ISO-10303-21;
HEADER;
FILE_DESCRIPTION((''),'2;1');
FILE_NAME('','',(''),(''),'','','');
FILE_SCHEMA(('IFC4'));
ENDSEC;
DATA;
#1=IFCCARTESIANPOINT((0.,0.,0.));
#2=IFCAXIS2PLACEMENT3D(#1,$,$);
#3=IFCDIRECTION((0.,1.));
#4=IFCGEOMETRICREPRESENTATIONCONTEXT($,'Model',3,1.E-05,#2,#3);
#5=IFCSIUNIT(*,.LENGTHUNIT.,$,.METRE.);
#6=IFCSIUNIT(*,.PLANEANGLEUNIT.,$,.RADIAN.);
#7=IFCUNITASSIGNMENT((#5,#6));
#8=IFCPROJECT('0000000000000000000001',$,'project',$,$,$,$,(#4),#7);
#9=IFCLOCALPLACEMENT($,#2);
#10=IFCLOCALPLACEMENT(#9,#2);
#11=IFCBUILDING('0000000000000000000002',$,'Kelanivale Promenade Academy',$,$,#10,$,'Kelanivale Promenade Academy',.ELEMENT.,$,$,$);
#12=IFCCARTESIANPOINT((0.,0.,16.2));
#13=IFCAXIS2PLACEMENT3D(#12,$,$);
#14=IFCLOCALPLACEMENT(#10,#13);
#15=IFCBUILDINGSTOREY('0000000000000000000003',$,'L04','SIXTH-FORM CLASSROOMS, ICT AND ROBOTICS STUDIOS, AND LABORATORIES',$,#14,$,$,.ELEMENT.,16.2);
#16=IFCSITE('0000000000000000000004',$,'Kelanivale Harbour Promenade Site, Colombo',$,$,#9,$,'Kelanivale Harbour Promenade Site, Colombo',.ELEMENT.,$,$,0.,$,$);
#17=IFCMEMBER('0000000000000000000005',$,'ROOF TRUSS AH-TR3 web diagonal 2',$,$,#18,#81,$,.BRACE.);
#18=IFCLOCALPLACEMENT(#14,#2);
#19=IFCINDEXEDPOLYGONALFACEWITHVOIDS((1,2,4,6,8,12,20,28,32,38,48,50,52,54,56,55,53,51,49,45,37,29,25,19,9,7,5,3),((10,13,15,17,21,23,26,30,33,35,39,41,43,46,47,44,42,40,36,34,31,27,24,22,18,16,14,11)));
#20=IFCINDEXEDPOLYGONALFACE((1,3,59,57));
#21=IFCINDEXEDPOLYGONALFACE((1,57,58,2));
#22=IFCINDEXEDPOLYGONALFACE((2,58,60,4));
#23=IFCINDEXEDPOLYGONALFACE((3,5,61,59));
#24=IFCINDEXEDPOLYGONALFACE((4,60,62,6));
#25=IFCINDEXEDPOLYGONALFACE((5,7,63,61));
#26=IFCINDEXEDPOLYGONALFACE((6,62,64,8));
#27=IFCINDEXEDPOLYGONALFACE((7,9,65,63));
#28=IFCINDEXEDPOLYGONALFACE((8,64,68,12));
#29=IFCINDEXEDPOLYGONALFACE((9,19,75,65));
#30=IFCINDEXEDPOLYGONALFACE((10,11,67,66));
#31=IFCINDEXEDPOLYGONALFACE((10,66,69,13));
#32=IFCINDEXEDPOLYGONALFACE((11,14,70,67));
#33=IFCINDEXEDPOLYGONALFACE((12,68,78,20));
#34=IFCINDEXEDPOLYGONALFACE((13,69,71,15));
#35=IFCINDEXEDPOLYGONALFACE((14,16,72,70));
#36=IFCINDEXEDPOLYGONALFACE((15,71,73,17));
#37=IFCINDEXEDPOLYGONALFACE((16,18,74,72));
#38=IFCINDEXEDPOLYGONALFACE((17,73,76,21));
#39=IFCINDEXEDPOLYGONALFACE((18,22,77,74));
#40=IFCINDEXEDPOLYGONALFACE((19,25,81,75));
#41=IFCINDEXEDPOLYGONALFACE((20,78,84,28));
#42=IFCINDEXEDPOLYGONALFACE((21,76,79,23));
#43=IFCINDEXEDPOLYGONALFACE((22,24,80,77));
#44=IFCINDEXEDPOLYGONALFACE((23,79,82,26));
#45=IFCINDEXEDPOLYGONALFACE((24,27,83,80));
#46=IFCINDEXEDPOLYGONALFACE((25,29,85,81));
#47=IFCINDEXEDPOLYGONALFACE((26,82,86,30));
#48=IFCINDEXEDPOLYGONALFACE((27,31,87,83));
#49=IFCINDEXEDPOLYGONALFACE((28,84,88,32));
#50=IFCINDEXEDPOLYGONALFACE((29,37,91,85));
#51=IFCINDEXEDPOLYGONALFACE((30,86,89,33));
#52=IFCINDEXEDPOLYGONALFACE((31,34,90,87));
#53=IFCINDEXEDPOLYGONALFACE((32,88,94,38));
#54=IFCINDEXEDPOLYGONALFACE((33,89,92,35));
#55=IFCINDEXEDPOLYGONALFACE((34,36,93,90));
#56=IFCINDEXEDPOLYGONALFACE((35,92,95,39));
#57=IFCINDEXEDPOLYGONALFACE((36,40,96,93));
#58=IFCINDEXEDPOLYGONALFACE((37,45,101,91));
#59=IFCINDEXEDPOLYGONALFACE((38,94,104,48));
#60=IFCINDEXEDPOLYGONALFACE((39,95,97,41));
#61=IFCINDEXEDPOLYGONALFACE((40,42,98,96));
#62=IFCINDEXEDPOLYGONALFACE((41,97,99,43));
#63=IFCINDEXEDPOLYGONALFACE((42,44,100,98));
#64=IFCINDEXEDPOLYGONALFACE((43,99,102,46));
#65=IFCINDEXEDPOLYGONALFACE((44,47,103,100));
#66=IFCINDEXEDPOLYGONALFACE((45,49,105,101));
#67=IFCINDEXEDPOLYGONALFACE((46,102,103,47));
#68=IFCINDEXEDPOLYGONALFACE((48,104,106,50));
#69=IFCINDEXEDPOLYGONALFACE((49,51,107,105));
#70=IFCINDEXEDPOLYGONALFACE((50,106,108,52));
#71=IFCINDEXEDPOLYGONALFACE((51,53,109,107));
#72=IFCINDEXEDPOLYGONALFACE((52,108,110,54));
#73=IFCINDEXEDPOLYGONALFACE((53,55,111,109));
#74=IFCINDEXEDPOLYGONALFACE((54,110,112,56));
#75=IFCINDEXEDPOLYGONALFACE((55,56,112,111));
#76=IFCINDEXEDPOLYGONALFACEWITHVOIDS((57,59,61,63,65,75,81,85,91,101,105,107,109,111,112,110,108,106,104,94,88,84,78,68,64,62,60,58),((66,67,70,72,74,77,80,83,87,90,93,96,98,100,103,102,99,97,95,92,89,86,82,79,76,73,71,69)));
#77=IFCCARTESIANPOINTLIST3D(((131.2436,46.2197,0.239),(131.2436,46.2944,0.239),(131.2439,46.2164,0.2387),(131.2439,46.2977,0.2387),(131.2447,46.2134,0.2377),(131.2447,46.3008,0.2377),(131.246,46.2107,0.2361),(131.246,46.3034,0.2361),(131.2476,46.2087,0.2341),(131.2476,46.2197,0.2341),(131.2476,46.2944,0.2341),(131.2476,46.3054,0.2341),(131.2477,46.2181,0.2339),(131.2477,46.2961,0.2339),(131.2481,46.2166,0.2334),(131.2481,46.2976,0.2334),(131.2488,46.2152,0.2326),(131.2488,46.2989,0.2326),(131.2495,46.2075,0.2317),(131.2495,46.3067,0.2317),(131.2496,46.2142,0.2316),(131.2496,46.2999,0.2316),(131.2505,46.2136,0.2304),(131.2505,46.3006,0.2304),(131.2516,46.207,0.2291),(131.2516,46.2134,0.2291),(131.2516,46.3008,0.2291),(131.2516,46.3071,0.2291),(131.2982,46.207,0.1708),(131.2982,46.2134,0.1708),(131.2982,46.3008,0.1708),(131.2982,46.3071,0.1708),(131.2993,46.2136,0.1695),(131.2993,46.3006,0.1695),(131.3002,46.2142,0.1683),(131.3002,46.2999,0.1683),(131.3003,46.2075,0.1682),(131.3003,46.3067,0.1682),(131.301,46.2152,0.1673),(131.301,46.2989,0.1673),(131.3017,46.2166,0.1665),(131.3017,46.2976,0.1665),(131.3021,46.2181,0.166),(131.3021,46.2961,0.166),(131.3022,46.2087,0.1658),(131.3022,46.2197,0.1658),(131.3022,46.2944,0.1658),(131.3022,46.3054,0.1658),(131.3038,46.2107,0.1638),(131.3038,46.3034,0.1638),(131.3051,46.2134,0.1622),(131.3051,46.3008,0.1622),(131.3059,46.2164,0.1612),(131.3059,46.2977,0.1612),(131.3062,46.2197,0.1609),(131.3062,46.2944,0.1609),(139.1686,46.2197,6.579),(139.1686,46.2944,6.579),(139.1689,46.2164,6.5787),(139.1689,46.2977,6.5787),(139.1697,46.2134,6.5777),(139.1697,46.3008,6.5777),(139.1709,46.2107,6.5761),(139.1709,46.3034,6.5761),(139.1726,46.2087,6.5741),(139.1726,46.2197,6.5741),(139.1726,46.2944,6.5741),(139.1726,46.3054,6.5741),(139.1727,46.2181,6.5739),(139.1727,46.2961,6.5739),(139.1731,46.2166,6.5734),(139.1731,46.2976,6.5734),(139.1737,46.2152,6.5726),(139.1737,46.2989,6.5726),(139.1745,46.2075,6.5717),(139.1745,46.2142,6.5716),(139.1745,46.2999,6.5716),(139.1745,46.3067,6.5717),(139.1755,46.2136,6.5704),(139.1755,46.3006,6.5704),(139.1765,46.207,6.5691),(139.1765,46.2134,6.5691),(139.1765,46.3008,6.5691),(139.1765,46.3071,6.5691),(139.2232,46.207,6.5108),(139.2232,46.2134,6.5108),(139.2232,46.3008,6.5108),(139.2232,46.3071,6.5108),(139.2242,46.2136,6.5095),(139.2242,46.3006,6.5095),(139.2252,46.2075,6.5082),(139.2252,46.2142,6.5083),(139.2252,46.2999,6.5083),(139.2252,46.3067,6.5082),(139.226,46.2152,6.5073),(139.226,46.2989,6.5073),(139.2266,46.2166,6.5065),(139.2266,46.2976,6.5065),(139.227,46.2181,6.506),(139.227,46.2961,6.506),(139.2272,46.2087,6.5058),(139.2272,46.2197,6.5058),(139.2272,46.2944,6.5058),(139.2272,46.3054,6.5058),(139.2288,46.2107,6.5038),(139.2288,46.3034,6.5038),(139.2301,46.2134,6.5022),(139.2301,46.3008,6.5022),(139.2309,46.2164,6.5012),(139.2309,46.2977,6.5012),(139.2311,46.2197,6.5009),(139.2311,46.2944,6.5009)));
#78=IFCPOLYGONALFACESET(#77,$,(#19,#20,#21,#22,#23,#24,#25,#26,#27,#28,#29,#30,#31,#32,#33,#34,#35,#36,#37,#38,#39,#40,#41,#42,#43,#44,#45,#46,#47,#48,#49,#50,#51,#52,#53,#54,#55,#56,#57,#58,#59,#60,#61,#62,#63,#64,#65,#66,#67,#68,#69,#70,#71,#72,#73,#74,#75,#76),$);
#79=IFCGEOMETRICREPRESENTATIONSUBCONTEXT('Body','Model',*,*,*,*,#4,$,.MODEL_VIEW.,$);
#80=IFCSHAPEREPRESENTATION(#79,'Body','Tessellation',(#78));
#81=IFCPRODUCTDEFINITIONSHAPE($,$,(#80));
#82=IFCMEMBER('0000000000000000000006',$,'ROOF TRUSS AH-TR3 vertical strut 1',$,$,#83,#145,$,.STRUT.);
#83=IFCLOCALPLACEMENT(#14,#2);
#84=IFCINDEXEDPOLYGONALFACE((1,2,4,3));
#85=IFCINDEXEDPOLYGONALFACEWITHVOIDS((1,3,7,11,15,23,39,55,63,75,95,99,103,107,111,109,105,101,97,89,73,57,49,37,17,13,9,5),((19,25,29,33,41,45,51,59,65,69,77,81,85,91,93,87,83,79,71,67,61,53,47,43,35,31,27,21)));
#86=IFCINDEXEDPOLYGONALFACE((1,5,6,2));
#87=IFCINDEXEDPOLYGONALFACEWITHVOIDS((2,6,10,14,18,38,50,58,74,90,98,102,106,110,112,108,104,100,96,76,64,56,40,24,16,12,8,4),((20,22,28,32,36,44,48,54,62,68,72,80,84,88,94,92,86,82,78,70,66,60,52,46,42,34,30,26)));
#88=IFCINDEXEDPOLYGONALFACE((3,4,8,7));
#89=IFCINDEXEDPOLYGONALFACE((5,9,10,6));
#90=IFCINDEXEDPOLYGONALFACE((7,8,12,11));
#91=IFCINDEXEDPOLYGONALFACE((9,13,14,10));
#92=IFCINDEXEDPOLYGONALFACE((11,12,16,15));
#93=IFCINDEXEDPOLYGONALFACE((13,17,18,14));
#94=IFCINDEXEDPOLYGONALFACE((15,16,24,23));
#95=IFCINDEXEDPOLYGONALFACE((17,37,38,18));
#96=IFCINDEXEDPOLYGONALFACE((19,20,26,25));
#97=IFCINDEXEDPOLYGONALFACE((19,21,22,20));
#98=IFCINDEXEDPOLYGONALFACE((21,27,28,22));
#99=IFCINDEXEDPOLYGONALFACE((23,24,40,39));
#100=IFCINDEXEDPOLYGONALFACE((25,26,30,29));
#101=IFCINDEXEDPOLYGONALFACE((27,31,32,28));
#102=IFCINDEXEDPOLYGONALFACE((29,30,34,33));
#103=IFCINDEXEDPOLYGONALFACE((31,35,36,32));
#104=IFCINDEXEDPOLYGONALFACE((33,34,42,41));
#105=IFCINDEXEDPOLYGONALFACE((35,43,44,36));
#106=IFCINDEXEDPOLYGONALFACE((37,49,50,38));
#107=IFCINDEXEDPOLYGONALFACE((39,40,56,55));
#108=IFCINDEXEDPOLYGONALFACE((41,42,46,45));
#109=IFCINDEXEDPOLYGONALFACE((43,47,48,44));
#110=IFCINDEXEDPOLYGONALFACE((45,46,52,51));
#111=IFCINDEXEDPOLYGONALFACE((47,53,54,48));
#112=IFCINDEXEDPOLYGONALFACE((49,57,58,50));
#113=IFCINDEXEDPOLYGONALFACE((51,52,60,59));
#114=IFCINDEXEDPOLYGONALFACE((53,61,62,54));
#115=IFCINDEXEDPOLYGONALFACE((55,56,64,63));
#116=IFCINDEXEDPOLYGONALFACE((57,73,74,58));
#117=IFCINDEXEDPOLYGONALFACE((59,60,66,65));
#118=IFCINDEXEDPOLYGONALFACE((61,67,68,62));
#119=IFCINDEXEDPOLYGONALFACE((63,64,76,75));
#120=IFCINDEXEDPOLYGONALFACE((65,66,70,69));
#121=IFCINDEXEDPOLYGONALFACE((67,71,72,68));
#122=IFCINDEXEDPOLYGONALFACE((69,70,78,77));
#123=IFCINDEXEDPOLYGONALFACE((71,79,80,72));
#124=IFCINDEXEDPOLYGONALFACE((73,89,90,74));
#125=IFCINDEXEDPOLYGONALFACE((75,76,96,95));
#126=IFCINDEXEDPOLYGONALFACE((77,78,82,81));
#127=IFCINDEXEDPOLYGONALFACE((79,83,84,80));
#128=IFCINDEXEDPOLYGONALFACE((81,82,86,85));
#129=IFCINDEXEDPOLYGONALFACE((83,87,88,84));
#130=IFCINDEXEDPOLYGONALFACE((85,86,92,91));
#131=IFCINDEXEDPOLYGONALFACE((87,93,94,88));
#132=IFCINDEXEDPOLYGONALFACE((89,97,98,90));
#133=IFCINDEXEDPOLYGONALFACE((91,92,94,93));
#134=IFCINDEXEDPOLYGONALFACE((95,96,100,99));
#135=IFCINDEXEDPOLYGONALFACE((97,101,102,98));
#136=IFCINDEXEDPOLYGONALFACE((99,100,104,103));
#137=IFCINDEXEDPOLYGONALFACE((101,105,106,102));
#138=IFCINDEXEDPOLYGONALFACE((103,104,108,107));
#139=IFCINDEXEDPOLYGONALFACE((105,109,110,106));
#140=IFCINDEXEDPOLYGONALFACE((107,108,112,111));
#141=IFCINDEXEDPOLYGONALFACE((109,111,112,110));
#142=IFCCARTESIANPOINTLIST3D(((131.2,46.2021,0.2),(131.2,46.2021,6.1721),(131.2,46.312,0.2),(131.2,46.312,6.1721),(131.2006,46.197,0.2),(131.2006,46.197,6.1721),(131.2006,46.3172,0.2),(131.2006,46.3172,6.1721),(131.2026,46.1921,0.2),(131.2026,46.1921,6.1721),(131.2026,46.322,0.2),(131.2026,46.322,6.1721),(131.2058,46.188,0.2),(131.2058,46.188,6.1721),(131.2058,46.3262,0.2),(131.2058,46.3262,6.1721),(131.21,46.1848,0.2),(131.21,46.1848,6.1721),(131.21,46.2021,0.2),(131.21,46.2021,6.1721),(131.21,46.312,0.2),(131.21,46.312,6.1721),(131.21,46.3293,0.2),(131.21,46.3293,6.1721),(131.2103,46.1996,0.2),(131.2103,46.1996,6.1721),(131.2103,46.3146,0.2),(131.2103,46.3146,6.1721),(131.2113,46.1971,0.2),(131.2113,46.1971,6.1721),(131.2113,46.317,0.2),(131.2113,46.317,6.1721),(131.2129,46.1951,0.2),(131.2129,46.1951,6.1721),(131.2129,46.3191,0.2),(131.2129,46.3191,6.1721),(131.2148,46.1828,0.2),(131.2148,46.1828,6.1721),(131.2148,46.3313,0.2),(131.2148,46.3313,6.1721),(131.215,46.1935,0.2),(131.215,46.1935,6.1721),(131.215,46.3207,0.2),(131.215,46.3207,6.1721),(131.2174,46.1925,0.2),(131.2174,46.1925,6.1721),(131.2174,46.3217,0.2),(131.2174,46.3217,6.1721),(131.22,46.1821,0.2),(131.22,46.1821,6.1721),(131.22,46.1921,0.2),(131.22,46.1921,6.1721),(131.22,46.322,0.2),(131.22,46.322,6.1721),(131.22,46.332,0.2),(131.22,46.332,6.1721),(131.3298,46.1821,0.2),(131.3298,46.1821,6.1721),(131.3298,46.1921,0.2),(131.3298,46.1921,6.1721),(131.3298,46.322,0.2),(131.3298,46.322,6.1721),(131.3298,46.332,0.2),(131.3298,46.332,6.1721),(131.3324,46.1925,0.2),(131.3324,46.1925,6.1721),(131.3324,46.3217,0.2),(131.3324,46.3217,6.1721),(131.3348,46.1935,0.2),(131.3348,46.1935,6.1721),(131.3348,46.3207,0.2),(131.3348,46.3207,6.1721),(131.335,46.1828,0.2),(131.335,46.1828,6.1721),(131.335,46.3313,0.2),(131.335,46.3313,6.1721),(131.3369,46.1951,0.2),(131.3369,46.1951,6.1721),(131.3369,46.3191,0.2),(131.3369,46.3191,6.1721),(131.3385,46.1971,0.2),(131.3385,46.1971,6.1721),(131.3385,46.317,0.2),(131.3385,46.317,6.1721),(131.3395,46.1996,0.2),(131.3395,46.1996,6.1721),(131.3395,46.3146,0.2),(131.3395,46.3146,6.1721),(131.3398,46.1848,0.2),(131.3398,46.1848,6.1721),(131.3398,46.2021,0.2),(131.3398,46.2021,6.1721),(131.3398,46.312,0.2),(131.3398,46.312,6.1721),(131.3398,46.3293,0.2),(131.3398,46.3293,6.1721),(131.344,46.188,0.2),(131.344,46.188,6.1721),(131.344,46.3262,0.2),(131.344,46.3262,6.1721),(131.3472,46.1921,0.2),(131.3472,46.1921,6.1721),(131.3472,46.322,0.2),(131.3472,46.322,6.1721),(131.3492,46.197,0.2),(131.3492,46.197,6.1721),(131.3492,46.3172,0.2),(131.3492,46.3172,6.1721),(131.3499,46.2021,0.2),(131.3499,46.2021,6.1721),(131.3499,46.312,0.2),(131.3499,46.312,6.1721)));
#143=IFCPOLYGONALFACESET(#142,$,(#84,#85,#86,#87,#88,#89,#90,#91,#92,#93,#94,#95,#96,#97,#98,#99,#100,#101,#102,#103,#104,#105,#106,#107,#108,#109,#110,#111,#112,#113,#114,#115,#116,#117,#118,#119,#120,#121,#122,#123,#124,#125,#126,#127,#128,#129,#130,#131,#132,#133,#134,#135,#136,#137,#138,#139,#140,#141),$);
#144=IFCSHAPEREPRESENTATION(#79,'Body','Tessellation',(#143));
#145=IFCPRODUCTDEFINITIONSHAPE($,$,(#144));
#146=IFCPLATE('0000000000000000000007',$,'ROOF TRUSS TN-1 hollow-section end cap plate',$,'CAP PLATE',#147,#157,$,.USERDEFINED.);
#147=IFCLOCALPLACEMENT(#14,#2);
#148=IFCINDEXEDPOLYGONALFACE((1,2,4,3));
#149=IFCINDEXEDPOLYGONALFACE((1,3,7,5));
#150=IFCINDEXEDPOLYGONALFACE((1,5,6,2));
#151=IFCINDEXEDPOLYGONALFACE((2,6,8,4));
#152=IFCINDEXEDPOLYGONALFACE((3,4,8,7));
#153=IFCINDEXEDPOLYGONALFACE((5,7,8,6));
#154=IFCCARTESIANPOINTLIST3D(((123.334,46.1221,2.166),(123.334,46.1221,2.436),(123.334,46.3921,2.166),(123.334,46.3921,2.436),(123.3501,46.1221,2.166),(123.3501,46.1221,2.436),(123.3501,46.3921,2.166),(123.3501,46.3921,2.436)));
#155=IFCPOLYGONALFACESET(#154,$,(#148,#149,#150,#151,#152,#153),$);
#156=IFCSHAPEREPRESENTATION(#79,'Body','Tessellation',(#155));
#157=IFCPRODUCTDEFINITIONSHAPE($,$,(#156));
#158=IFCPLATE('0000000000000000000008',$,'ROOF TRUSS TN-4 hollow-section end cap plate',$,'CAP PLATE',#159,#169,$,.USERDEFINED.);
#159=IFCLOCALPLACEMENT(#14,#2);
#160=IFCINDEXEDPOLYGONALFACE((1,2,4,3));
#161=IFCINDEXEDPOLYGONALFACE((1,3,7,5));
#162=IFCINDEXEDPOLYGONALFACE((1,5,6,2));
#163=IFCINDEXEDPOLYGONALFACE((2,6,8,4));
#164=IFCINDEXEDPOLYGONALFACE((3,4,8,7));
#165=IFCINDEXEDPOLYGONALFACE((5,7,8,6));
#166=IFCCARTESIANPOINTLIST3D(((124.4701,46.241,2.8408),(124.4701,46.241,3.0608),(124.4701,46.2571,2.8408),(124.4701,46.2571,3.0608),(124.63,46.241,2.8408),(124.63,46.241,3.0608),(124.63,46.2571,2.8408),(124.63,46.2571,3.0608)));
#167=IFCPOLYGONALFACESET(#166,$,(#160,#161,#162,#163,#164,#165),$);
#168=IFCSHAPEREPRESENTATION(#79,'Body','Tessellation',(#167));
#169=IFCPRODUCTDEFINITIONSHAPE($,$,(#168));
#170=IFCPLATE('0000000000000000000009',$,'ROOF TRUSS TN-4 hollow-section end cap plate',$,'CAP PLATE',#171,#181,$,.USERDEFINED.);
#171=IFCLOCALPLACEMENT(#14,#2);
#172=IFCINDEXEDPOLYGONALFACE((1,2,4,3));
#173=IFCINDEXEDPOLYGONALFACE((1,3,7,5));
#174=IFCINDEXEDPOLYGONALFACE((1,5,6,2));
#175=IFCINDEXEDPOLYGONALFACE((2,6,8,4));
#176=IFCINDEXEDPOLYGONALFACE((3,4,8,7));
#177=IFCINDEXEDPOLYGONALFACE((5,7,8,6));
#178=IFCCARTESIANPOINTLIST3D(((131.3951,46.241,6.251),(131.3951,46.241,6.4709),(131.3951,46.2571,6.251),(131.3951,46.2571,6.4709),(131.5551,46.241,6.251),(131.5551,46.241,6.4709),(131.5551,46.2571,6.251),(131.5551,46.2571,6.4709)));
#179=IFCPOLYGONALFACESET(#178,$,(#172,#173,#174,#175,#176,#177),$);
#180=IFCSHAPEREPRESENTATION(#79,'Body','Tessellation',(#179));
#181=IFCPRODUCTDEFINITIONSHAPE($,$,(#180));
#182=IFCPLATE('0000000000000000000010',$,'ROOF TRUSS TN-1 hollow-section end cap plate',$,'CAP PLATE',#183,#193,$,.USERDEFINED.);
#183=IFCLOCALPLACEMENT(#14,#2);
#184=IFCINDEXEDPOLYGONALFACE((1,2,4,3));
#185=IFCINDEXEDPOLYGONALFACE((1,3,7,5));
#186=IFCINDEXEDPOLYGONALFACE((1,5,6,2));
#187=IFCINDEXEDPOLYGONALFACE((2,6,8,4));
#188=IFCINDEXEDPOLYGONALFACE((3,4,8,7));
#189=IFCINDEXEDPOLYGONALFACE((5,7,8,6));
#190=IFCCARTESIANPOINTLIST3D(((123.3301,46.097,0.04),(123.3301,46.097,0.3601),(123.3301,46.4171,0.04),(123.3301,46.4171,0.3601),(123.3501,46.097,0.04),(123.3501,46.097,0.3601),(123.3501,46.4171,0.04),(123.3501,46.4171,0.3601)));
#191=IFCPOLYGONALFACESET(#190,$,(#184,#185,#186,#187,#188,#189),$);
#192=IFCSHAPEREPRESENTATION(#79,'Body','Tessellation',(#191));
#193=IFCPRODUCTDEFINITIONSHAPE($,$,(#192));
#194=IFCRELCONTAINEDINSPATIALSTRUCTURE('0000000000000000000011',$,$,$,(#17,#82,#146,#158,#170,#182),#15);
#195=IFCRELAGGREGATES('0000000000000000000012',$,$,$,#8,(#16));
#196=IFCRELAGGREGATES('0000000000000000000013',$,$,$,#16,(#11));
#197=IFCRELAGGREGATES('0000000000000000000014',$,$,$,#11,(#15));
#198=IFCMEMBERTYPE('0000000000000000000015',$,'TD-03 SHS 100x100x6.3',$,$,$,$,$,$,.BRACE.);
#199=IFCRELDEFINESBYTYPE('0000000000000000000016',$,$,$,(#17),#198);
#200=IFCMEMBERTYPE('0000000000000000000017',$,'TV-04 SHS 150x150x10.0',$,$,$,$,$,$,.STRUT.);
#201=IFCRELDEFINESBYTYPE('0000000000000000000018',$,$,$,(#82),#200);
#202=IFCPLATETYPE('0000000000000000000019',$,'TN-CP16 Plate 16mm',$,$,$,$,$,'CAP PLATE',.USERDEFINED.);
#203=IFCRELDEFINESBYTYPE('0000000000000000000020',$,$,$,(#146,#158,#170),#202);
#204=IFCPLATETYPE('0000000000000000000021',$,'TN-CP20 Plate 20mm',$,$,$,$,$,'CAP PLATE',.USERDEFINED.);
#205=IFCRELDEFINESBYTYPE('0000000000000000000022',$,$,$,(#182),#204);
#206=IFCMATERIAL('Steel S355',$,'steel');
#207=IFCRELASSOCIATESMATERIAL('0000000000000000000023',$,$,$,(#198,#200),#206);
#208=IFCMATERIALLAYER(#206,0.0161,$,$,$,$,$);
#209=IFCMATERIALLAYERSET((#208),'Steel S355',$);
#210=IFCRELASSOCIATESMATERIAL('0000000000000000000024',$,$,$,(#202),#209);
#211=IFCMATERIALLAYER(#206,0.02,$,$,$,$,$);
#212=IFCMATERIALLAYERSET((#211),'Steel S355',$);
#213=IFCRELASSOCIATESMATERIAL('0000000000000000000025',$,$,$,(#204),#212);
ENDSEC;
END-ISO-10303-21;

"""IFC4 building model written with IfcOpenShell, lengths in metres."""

from ifc_helpers import new_model, si_unit, direction, frame, origin, origin_2d, place, context, subcontext, project, spatial, rectangle, hollow_rectangle, extrude, material, layer, layer_set, material_profile, profile_set, type_object, element, save


model = new_model("IFC4")

# Units and contexts
model_context = context("Model", 3, precision=1e-05, world=origin(), true_north=direction((0.0, 1.0)))
body_context = subcontext(model_context, "Body", "Model", "MODEL_VIEW")
ifc_project = project(units=[si_unit("LENGTHUNIT", "METRE"), si_unit("PLANEANGLEUNIT", "RADIAN")], contexts=[model_context])

# Site, building, storey
site_placement = place(None, origin())
site = spatial("IfcSite", under=ifc_project, at=site_placement, Name="Kelanivale Harbour Promenade Site, Colombo", LongName="Kelanivale Harbour Promenade Site, Colombo", CompositionType="ELEMENT", RefElevation=0.0)
building_placement = place(site_placement, origin())
building = spatial("IfcBuilding", under=site, at=building_placement, Name="Kelanivale Promenade Academy", LongName="Kelanivale Promenade Academy", CompositionType="ELEMENT")
storey_placement = place(building_placement, frame((0.0, 0.0, 16.2)))
storey = spatial("IfcBuildingStorey", under=building, at=storey_placement, Name="L04", Description="SIXTH-FORM CLASSROOMS, ICT AND ROBOTICS STUDIOS, AND LABORATORIES", CompositionType="ELEMENT", Elevation=16.2)

# Shared definitions
ifc_material_1 = material(Name="Steel S355", Category="steel")

# Members
ifc_material_profile_1 = material_profile(ifc_material_1, hollow_rectangle(XDim=0.1001, YDim=0.1001, WallThickness=0.0063, InnerFilletRadius=0.0063, OuterFilletRadius=0.0127, at=origin_2d()), Name="SHS 100x100x6.3")
ifc_profile_set_1 = profile_set([ifc_material_profile_1], Name="Steel S355")
member_type_1 = type_object("IfcMemberType", Name="TD-03 SHS 100x100x6.3", PredefinedType="BRACE", material=ifc_profile_set_1)
member_1_placement = place(storey_placement, frame((131.2749, 46.2571, 0.2), z_axis=(0.780866, 0.0, 0.624698), x_axis=(0.0, 1.0, 0.0)))
element("IfcMember", 1, at=member_1_placement, inside=storey, type_object=member_type_1, Name="ROOF TRUSS AH-TR3 web diagonal 2", PredefinedType="BRACE", context=body_context, shape_type="SweptSolid", body=[
    extrude(hollow_rectangle(XDim=0.1001, YDim=0.1001, WallThickness=0.0063, InnerFilletRadius=0.0063, OuterFilletRadius=0.0127, at=origin_2d()), origin(), (0.0, 0.0, 1.0), 10.1489),
])
ifc_material_profile_2 = material_profile(ifc_material_1, hollow_rectangle(XDim=0.1499, YDim=0.1499, WallThickness=0.01, InnerFilletRadius=0.01, OuterFilletRadius=0.02, at=origin_2d()), Name="SHS 150x150x10.0")
ifc_profile_set_2 = profile_set([ifc_material_profile_2], Name="Steel S355")
member_type_2 = type_object("IfcMemberType", Name="TV-04 SHS 150x150x10.0", PredefinedType="STRUT", material=ifc_profile_set_2)
member_2_placement = place(storey_placement, frame((131.2749, 46.2571, 0.2), z_axis=(0.0, 0.0, 1.0), x_axis=(1.0, 0.0, 0.0)))
element("IfcMember", 2, at=member_2_placement, inside=storey, type_object=member_type_2, Name="ROOF TRUSS AH-TR3 vertical strut 1", PredefinedType="STRUT", context=body_context, shape_type="SweptSolid", body=[
    extrude(hollow_rectangle(XDim=0.1499, YDim=0.1499, WallThickness=0.01, InnerFilletRadius=0.01, OuterFilletRadius=0.02, at=origin_2d()), origin(), (0.0, 0.0, 1.0), 5.9722),
])

# Plates
ifc_layer_1 = layer(ifc_material_1, 0.0161)
ifc_layer_set_1 = layer_set([ifc_layer_1], Name="Steel S355")
plate_type_1 = type_object("IfcPlateType", Name="TN-CP16 Plate 16mm", ElementType="CAP PLATE", PredefinedType="USERDEFINED", material=ifc_layer_set_1)
plate_1_placement = place(storey_placement, frame((123.342, 46.2571, 2.166), z_axis=(0.0, 0.0, 1.0), x_axis=(-1.0, 0.0, 0.0)))
element("IfcPlate", 3, at=plate_1_placement, inside=storey, type_object=plate_type_1, Name="ROOF TRUSS TN-1 hollow-section end cap plate", ObjectType="CAP PLATE", PredefinedType="USERDEFINED", context=body_context, shape_type="SweptSolid", body=[
    extrude(rectangle(XDim=0.0161, YDim=0.27, at=origin_2d()), origin(), (0.0, 0.0, 1.0), 0.27),
])
for number, where, z_axis, x_axis, name in (
    (4, (124.55, 46.249, 2.8408), (0.0, 0.0, 1.0), (0.0, -1.0, 0.0), "ROOF TRUSS TN-4 hollow-section end cap plate"),
    (5, (131.4751, 46.249, 6.251), (0.0, 0.0, 1.0), (0.0, -1.0, 0.0), "ROOF TRUSS TN-4 hollow-section end cap plate"),
):
    element("IfcPlate", number, at=place(storey_placement, frame(where, z_axis=z_axis, x_axis=x_axis)), inside=storey, type_object=plate_type_1, Name=name, ObjectType="CAP PLATE", PredefinedType="USERDEFINED", context=body_context, shape_type="SweptSolid", body=[
        extrude(rectangle(XDim=0.0161, YDim=0.1599, at=origin_2d()), origin(), (0.0, 0.0, 1.0), 0.22),
    ])
ifc_layer_2 = layer(ifc_material_1, 0.02)
ifc_layer_set_2 = layer_set([ifc_layer_2], Name="Steel S355")
plate_type_2 = type_object("IfcPlateType", Name="TN-CP20 Plate 20mm", ElementType="CAP PLATE", PredefinedType="USERDEFINED", material=ifc_layer_set_2)
plate_2_placement = place(storey_placement, frame((123.3401, 46.2571, 0.04), z_axis=(0.0, 0.0, 1.0), x_axis=(-1.0, 0.0, 0.0)))
element("IfcPlate", 6, at=plate_2_placement, inside=storey, type_object=plate_type_2, Name="ROOF TRUSS TN-1 hollow-section end cap plate", ObjectType="CAP PLATE", PredefinedType="USERDEFINED", context=body_context, shape_type="SweptSolid", body=[
    extrude(rectangle(XDim=0.02, YDim=0.3201, at=origin_2d()), origin(), (0.0, 0.0, 1.0), 0.3201),
])

save(model, "model.ifc")
